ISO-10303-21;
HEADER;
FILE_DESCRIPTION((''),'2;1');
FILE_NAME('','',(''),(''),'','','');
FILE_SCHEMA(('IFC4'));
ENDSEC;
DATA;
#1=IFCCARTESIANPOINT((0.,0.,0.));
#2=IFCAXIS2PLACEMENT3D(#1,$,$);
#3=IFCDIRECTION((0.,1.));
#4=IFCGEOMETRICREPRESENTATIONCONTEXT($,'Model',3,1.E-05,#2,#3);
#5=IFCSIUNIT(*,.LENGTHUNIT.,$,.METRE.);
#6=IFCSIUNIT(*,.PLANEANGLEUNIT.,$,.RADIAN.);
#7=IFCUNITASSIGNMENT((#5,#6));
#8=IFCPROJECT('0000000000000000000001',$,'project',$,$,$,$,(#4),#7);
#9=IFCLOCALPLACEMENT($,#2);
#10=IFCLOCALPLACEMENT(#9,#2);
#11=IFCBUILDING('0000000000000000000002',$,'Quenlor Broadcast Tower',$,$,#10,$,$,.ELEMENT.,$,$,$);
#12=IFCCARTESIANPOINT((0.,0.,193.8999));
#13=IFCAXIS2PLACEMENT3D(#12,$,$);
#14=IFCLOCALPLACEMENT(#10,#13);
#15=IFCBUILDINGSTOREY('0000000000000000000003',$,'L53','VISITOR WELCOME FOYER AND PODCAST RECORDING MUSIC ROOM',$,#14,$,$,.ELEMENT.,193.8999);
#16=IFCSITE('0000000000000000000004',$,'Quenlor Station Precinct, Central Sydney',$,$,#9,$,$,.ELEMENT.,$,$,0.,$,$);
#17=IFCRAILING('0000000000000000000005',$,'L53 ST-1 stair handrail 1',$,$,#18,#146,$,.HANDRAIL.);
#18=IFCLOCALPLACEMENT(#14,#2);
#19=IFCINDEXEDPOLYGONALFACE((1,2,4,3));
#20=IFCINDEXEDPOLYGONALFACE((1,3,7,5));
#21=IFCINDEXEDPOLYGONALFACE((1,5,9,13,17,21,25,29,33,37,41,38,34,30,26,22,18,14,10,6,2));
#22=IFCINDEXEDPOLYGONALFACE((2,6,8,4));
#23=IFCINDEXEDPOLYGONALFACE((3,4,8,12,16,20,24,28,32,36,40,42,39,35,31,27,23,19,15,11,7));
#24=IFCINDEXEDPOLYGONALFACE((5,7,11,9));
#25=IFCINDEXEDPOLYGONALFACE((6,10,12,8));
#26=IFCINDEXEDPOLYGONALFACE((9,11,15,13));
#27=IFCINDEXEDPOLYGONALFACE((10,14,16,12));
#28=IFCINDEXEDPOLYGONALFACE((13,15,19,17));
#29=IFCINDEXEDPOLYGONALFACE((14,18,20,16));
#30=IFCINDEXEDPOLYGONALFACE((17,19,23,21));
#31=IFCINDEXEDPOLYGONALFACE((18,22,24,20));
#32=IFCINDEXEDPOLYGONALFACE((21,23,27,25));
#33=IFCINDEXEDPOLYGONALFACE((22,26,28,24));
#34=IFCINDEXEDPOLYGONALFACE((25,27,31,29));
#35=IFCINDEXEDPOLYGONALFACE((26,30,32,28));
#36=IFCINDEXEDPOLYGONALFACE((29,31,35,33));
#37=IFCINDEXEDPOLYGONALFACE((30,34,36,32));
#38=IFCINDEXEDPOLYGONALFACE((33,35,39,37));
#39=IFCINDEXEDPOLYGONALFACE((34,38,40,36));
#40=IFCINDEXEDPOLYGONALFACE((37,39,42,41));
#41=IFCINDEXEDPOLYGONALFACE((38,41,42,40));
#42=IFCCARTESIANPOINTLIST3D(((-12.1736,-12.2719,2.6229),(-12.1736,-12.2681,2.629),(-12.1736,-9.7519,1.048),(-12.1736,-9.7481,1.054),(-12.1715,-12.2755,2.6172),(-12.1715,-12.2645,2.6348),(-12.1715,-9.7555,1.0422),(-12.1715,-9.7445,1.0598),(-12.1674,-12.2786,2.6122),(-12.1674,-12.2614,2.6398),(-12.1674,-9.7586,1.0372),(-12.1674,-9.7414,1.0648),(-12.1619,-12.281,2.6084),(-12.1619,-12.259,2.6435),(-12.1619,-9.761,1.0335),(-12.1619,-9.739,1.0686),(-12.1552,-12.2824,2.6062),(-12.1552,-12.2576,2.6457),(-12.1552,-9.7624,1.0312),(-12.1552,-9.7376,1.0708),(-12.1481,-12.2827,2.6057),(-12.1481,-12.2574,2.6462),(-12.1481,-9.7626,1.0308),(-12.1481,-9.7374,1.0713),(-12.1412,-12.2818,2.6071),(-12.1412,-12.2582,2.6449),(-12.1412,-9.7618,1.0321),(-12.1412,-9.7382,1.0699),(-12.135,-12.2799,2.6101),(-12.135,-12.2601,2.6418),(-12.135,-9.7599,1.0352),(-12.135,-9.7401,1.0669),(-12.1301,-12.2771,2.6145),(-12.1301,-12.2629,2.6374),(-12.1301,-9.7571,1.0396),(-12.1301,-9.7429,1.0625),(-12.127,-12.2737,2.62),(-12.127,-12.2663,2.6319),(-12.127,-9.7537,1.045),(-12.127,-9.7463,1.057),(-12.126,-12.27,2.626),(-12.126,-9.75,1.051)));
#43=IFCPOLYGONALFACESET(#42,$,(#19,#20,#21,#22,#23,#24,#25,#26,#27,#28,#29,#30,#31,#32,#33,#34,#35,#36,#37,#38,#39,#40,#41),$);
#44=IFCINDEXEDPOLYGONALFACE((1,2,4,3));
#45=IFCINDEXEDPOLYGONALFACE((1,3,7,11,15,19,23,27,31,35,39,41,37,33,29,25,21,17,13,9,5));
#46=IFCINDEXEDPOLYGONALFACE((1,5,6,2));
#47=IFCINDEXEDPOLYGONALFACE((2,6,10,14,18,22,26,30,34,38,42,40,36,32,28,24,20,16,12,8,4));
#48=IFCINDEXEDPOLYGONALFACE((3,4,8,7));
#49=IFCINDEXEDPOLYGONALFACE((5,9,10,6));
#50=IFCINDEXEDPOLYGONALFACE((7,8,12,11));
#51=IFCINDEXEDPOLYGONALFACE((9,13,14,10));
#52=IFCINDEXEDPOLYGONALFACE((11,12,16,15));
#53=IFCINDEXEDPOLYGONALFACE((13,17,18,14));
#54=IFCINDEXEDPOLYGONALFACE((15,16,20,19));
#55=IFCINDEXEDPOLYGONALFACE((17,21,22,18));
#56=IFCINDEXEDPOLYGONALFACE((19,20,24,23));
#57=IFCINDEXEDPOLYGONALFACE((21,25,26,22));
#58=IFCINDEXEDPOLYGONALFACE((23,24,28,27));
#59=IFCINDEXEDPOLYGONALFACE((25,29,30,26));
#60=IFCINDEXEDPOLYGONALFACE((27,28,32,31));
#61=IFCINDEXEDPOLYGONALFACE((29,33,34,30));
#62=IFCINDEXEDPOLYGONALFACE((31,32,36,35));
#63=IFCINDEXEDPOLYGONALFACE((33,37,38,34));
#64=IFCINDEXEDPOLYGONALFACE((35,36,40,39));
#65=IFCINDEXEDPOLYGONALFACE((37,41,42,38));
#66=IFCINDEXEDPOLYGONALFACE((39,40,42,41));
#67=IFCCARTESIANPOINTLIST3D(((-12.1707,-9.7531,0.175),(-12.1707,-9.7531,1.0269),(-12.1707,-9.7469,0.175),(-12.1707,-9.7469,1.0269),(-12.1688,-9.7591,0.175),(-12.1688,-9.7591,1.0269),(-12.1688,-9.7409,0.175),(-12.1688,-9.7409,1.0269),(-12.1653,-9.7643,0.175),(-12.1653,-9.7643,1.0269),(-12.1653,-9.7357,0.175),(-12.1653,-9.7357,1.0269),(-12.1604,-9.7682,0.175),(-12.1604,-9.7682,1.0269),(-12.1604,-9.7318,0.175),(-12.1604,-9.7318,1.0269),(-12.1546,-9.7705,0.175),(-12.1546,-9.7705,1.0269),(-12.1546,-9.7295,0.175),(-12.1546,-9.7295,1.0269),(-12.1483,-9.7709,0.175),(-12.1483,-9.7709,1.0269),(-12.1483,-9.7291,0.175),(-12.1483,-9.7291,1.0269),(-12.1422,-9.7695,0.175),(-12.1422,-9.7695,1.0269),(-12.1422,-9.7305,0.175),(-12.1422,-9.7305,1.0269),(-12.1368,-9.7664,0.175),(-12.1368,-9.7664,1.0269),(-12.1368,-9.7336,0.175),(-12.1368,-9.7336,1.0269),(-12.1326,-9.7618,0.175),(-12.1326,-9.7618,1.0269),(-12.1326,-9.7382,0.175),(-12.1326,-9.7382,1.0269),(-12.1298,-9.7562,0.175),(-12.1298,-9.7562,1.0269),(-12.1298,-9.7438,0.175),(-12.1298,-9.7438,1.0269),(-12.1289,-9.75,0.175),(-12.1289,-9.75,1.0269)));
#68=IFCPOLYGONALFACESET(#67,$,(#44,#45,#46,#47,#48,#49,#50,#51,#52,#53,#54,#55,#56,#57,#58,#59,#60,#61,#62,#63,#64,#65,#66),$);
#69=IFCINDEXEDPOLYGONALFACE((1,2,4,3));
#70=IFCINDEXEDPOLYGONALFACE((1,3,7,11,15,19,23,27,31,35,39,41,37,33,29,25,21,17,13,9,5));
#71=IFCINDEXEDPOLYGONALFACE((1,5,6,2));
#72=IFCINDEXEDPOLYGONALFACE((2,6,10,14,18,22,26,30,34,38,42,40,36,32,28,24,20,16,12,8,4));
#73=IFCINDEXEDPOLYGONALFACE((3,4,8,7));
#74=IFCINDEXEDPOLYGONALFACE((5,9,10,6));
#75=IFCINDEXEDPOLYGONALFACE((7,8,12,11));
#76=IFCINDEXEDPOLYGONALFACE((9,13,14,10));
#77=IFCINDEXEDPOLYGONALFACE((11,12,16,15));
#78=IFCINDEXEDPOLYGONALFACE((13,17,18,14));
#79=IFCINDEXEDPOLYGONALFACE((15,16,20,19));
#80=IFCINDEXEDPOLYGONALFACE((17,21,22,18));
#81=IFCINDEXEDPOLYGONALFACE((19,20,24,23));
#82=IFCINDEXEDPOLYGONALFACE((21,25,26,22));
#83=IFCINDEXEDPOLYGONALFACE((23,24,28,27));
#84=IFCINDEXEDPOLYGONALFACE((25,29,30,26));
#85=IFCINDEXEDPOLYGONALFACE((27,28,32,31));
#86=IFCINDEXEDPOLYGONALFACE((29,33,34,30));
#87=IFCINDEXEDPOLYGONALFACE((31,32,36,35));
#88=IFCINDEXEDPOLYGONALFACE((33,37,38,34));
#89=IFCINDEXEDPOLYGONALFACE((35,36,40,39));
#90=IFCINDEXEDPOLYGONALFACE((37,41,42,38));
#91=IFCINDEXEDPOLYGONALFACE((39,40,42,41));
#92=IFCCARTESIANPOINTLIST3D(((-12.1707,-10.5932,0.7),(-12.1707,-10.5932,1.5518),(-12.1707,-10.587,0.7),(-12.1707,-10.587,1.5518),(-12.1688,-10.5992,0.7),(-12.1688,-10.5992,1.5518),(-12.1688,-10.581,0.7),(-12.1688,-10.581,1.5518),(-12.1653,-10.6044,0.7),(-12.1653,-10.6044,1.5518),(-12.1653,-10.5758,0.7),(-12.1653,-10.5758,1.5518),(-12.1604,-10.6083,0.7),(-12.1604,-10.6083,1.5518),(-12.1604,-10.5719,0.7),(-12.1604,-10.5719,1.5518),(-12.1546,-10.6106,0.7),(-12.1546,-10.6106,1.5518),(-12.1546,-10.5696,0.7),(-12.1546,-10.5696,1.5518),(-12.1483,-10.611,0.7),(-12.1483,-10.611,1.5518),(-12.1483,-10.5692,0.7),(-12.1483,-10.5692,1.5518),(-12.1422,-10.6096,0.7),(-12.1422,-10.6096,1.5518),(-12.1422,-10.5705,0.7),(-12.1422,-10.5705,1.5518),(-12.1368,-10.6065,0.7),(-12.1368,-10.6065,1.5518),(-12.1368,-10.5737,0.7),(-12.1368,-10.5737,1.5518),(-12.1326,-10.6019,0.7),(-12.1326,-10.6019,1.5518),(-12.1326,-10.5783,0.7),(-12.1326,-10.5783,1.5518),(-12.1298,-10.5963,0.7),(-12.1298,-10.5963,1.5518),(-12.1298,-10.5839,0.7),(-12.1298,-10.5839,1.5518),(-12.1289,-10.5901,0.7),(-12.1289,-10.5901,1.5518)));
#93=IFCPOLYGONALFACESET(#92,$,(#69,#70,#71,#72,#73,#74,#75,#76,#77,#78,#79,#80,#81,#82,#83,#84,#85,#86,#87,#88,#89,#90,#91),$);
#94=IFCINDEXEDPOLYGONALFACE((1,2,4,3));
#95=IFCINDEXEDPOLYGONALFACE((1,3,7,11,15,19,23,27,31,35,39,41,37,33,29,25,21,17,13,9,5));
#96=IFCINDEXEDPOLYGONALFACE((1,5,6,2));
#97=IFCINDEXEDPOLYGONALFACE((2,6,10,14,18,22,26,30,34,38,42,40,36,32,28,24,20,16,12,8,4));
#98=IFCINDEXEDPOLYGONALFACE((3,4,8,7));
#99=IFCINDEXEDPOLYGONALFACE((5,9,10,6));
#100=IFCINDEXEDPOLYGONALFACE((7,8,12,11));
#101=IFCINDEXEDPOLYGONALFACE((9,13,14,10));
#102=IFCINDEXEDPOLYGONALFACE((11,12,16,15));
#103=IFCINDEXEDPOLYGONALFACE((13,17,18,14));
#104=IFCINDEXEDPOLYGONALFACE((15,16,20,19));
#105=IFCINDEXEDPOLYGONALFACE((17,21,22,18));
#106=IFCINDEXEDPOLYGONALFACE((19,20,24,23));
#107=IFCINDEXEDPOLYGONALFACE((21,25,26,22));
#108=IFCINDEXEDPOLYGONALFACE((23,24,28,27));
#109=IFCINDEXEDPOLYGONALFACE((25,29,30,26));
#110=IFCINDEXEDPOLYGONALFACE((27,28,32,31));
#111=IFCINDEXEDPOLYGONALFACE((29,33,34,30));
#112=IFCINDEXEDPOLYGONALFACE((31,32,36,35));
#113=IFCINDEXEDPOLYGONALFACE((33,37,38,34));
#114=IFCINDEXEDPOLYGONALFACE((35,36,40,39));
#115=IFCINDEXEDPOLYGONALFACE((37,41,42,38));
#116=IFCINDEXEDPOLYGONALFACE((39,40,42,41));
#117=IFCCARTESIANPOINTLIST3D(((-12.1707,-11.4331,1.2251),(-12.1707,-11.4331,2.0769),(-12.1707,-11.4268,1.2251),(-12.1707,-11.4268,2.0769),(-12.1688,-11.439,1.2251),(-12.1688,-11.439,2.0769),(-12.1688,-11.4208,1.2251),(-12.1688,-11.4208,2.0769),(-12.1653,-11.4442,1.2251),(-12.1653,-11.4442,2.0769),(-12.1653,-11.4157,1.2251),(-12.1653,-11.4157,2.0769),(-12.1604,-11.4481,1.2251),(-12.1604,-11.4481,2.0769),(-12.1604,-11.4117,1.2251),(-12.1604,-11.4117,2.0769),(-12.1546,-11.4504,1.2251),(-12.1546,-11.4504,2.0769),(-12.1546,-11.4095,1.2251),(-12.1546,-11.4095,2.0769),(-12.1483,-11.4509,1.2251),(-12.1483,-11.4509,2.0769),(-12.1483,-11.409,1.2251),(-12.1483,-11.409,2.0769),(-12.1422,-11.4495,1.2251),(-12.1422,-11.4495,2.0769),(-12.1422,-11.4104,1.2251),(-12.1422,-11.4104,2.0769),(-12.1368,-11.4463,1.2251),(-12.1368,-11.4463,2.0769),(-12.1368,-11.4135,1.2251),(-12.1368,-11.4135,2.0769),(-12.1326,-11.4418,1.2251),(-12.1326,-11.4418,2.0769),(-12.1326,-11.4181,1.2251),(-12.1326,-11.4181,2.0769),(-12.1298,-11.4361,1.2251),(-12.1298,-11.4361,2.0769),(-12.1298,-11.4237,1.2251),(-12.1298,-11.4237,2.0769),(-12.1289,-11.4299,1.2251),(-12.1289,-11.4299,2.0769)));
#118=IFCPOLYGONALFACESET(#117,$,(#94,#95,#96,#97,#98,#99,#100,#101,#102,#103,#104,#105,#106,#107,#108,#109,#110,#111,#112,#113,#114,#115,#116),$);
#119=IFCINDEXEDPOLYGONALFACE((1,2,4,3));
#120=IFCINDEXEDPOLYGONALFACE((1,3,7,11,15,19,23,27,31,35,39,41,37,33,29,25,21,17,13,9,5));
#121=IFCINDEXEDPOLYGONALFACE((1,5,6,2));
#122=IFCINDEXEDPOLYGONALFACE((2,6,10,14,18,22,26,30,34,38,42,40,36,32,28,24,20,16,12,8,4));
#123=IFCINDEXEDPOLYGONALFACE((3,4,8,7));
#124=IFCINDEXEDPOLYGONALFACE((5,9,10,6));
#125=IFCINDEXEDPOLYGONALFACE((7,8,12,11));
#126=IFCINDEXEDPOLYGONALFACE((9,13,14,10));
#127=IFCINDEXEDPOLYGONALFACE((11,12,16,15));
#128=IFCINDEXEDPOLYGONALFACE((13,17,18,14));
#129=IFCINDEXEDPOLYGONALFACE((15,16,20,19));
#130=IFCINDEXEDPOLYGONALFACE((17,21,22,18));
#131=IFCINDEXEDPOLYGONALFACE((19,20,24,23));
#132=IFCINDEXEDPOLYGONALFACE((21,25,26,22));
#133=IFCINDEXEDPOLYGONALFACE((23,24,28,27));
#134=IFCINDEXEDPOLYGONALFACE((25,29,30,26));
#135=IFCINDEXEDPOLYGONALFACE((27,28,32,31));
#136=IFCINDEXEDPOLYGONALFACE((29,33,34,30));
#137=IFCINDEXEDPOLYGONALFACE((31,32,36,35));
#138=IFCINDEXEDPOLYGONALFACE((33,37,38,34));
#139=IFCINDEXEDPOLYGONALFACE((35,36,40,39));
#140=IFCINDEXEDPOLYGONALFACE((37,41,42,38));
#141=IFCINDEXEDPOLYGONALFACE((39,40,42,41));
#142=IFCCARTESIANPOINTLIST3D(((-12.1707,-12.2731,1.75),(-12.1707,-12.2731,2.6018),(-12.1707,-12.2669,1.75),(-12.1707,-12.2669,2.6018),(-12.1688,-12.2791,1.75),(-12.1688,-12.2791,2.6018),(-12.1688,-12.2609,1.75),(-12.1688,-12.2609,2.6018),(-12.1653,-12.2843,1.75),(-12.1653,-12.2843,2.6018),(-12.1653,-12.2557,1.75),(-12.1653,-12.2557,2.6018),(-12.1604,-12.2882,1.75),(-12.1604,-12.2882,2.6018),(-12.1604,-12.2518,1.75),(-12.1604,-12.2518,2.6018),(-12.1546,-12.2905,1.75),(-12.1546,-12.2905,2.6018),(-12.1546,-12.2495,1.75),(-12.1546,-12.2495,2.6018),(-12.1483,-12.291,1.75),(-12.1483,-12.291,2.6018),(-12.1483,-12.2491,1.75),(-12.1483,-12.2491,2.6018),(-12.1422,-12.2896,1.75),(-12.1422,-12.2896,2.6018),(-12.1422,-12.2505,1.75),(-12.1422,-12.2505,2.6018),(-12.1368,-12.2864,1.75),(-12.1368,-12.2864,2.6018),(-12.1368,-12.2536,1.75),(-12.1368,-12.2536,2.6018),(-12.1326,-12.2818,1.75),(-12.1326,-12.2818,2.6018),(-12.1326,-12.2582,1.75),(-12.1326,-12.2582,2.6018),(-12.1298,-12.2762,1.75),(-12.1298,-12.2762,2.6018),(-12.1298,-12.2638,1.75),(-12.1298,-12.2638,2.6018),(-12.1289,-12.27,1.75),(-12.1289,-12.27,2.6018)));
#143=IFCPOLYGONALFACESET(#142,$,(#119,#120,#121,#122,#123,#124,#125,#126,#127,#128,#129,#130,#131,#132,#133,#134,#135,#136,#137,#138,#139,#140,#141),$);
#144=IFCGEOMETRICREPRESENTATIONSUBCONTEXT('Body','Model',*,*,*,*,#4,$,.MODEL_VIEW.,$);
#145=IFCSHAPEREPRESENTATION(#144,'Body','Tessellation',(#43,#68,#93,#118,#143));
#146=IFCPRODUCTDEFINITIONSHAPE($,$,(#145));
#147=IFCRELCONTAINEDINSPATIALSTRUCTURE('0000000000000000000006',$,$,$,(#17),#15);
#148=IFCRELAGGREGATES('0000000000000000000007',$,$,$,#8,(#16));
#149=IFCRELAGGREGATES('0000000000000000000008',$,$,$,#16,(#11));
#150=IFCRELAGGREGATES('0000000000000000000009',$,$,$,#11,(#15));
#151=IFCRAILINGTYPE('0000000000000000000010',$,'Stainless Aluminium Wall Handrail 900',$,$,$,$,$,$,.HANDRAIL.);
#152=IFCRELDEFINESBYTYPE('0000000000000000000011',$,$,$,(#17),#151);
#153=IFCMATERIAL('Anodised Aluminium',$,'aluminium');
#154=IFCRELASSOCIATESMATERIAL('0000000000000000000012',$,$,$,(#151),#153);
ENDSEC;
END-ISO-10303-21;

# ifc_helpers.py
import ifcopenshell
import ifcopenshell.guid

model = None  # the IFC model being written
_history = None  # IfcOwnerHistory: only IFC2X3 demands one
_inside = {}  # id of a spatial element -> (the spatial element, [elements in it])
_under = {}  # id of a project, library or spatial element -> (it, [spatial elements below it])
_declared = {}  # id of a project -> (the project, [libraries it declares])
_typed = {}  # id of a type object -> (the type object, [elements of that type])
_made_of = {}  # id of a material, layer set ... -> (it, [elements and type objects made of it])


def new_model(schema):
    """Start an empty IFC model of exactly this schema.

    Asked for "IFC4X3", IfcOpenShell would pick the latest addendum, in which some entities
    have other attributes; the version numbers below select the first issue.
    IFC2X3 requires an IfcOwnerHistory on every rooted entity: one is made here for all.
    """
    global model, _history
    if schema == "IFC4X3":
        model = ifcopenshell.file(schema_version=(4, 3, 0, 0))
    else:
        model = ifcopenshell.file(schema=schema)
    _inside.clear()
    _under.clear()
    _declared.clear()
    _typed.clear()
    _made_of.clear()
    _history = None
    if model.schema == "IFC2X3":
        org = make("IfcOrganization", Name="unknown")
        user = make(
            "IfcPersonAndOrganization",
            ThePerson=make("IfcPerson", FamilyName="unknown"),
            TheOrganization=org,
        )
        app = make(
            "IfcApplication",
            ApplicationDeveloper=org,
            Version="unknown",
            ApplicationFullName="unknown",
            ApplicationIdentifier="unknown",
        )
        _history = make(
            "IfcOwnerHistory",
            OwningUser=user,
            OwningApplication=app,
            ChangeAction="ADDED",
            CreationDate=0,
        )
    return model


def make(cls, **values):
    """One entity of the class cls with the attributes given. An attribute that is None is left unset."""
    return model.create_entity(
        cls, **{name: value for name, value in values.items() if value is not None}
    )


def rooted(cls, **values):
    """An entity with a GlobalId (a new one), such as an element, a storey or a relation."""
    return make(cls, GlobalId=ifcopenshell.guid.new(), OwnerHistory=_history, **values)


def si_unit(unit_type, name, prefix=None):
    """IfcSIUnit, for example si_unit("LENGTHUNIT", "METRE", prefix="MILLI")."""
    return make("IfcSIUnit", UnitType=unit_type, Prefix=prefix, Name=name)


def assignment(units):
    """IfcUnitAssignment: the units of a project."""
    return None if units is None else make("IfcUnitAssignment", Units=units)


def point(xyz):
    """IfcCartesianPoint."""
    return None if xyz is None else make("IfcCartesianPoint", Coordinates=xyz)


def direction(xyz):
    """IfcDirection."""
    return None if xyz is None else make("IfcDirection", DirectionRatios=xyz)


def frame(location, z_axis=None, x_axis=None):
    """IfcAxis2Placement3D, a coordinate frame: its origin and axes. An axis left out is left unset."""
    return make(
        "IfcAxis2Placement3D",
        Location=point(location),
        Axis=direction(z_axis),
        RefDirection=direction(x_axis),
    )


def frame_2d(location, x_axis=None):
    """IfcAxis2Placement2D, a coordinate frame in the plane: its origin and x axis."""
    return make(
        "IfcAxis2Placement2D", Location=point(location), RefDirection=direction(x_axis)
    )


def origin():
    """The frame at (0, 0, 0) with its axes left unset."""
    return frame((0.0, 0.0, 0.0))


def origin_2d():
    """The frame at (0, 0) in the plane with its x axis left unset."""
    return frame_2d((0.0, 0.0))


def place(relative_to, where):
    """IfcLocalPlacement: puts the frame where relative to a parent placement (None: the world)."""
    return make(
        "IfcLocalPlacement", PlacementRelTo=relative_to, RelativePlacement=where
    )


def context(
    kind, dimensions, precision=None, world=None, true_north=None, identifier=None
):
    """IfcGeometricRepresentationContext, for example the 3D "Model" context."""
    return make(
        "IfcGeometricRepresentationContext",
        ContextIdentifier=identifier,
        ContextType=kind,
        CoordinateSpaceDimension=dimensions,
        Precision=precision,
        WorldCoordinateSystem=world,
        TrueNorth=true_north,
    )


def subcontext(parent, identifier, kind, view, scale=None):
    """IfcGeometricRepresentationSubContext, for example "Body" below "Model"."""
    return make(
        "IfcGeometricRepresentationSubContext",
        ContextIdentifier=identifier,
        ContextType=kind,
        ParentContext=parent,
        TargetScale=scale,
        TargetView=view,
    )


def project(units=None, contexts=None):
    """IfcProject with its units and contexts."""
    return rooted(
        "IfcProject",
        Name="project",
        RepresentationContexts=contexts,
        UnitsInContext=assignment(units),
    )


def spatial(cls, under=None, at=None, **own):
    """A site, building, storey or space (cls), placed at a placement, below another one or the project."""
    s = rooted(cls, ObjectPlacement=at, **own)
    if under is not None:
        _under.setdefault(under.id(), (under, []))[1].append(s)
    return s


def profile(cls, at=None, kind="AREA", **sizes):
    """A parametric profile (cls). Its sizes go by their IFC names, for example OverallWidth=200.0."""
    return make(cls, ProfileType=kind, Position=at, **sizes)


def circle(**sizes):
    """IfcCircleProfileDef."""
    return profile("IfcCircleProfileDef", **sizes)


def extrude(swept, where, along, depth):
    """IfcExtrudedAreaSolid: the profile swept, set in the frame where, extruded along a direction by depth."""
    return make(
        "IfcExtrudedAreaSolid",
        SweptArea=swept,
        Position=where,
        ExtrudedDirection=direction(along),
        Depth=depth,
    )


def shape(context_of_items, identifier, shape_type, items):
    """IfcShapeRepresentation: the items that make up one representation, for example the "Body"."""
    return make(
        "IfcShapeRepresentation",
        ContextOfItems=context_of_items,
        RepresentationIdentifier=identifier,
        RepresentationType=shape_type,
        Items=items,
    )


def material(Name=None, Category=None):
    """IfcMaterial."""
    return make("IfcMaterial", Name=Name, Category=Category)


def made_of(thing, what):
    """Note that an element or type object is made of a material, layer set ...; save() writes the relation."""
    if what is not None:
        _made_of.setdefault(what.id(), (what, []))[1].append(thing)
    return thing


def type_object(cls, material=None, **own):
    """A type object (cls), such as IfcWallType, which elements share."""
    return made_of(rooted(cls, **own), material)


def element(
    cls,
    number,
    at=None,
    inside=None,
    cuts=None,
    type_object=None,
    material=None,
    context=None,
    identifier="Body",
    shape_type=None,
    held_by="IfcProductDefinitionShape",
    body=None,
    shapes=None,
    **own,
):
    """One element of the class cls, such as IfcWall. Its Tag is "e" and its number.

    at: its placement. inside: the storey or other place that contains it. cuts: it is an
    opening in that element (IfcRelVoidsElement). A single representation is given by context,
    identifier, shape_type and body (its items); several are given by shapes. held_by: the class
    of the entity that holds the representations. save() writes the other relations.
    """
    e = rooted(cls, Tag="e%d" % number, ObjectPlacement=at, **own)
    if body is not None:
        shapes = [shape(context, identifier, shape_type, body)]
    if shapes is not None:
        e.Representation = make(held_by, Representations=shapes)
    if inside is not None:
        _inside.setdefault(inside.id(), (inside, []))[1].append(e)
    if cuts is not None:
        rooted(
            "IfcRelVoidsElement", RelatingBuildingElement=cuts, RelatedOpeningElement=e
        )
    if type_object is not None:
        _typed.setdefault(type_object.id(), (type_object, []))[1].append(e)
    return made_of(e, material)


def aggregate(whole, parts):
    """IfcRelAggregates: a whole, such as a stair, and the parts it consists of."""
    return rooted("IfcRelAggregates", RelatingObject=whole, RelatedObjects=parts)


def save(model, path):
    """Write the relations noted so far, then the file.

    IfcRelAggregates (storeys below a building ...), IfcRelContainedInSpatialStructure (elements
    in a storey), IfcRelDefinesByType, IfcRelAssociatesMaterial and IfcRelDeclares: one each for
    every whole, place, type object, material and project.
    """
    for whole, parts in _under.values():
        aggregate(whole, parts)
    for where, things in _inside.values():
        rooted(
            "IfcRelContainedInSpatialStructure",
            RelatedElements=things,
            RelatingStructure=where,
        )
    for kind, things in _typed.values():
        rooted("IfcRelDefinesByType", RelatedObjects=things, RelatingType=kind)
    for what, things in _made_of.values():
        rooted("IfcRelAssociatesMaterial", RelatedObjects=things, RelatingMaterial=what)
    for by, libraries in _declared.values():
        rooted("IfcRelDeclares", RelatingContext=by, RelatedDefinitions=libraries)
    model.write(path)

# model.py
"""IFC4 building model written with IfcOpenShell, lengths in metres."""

from ifc_helpers import new_model, si_unit, direction, frame, origin, origin_2d, place, context, subcontext, project, spatial, circle, extrude, material, type_object, element, save


model = new_model("IFC4")

# Units and contexts
model_context = context("Model", 3, precision=1e-05, world=origin(), true_north=direction((0.0, 1.0)))
body_context = subcontext(model_context, "Body", "Model", "MODEL_VIEW")
ifc_project = project(units=[si_unit("LENGTHUNIT", "METRE"), si_unit("PLANEANGLEUNIT", "RADIAN")], contexts=[model_context])

# Site, building, storey
site_placement = place(None, origin())
site = spatial("IfcSite", under=ifc_project, at=site_placement, Name="Quenlor Station Precinct, Central Sydney", CompositionType="ELEMENT", RefElevation=0.0)
building_placement = place(site_placement, origin())
building = spatial("IfcBuilding", under=site, at=building_placement, Name="Quenlor Broadcast Tower", CompositionType="ELEMENT")
storey_placement = place(building_placement, frame((0.0, 0.0, 193.8999)))
storey = spatial("IfcBuildingStorey", under=building, at=storey_placement, Name="L53", Description="VISITOR WELCOME FOYER AND PODCAST RECORDING MUSIC ROOM", CompositionType="ELEMENT", Elevation=193.8999)

# Railing
ifc_material_1 = material(Name="Anodised Aluminium", Category="aluminium")
railing_type_1 = type_object("IfcRailingType", Name="Stainless Aluminium Wall Handrail 900", PredefinedType="HANDRAIL", material=ifc_material_1)
railing_1_placement = place(storey_placement, frame((-12.1499, -9.75, 0.175)))
element("IfcRailing", 1, at=railing_1_placement, inside=storey, type_object=railing_type_1, Name="L53 ST-1 stair handrail 1", PredefinedType="HANDRAIL", context=body_context, shape_type="SweptSolid", body=[
    extrude(circle(Radius=0.0239, at=origin_2d()), frame((0.0, 0.0, 0.876), z_axis=(0.0, -0.848008, 0.529984), x_axis=(1.0, 0.0, 0.0)), (0.0, 0.0, 1.0), 2.9717),
    extrude(circle(Radius=0.021, at=origin_2d()), origin(), (0.0, 0.0, 1.0), 0.8518),
    extrude(circle(Radius=0.021, at=origin_2d()), frame((0.0, -0.8401, 0.5249)), (0.0, 0.0, 1.0), 0.8518),
    extrude(circle(Radius=0.021, at=origin_2d()), frame((0.0, -1.6799, 1.05)), (0.0, 0.0, 1.0), 0.8518),
    extrude(circle(Radius=0.021, at=origin_2d()), frame((0.0, -2.52, 1.575)), (0.0, 0.0, 1.0), 0.8518),
])

save(model, "model.ifc")
